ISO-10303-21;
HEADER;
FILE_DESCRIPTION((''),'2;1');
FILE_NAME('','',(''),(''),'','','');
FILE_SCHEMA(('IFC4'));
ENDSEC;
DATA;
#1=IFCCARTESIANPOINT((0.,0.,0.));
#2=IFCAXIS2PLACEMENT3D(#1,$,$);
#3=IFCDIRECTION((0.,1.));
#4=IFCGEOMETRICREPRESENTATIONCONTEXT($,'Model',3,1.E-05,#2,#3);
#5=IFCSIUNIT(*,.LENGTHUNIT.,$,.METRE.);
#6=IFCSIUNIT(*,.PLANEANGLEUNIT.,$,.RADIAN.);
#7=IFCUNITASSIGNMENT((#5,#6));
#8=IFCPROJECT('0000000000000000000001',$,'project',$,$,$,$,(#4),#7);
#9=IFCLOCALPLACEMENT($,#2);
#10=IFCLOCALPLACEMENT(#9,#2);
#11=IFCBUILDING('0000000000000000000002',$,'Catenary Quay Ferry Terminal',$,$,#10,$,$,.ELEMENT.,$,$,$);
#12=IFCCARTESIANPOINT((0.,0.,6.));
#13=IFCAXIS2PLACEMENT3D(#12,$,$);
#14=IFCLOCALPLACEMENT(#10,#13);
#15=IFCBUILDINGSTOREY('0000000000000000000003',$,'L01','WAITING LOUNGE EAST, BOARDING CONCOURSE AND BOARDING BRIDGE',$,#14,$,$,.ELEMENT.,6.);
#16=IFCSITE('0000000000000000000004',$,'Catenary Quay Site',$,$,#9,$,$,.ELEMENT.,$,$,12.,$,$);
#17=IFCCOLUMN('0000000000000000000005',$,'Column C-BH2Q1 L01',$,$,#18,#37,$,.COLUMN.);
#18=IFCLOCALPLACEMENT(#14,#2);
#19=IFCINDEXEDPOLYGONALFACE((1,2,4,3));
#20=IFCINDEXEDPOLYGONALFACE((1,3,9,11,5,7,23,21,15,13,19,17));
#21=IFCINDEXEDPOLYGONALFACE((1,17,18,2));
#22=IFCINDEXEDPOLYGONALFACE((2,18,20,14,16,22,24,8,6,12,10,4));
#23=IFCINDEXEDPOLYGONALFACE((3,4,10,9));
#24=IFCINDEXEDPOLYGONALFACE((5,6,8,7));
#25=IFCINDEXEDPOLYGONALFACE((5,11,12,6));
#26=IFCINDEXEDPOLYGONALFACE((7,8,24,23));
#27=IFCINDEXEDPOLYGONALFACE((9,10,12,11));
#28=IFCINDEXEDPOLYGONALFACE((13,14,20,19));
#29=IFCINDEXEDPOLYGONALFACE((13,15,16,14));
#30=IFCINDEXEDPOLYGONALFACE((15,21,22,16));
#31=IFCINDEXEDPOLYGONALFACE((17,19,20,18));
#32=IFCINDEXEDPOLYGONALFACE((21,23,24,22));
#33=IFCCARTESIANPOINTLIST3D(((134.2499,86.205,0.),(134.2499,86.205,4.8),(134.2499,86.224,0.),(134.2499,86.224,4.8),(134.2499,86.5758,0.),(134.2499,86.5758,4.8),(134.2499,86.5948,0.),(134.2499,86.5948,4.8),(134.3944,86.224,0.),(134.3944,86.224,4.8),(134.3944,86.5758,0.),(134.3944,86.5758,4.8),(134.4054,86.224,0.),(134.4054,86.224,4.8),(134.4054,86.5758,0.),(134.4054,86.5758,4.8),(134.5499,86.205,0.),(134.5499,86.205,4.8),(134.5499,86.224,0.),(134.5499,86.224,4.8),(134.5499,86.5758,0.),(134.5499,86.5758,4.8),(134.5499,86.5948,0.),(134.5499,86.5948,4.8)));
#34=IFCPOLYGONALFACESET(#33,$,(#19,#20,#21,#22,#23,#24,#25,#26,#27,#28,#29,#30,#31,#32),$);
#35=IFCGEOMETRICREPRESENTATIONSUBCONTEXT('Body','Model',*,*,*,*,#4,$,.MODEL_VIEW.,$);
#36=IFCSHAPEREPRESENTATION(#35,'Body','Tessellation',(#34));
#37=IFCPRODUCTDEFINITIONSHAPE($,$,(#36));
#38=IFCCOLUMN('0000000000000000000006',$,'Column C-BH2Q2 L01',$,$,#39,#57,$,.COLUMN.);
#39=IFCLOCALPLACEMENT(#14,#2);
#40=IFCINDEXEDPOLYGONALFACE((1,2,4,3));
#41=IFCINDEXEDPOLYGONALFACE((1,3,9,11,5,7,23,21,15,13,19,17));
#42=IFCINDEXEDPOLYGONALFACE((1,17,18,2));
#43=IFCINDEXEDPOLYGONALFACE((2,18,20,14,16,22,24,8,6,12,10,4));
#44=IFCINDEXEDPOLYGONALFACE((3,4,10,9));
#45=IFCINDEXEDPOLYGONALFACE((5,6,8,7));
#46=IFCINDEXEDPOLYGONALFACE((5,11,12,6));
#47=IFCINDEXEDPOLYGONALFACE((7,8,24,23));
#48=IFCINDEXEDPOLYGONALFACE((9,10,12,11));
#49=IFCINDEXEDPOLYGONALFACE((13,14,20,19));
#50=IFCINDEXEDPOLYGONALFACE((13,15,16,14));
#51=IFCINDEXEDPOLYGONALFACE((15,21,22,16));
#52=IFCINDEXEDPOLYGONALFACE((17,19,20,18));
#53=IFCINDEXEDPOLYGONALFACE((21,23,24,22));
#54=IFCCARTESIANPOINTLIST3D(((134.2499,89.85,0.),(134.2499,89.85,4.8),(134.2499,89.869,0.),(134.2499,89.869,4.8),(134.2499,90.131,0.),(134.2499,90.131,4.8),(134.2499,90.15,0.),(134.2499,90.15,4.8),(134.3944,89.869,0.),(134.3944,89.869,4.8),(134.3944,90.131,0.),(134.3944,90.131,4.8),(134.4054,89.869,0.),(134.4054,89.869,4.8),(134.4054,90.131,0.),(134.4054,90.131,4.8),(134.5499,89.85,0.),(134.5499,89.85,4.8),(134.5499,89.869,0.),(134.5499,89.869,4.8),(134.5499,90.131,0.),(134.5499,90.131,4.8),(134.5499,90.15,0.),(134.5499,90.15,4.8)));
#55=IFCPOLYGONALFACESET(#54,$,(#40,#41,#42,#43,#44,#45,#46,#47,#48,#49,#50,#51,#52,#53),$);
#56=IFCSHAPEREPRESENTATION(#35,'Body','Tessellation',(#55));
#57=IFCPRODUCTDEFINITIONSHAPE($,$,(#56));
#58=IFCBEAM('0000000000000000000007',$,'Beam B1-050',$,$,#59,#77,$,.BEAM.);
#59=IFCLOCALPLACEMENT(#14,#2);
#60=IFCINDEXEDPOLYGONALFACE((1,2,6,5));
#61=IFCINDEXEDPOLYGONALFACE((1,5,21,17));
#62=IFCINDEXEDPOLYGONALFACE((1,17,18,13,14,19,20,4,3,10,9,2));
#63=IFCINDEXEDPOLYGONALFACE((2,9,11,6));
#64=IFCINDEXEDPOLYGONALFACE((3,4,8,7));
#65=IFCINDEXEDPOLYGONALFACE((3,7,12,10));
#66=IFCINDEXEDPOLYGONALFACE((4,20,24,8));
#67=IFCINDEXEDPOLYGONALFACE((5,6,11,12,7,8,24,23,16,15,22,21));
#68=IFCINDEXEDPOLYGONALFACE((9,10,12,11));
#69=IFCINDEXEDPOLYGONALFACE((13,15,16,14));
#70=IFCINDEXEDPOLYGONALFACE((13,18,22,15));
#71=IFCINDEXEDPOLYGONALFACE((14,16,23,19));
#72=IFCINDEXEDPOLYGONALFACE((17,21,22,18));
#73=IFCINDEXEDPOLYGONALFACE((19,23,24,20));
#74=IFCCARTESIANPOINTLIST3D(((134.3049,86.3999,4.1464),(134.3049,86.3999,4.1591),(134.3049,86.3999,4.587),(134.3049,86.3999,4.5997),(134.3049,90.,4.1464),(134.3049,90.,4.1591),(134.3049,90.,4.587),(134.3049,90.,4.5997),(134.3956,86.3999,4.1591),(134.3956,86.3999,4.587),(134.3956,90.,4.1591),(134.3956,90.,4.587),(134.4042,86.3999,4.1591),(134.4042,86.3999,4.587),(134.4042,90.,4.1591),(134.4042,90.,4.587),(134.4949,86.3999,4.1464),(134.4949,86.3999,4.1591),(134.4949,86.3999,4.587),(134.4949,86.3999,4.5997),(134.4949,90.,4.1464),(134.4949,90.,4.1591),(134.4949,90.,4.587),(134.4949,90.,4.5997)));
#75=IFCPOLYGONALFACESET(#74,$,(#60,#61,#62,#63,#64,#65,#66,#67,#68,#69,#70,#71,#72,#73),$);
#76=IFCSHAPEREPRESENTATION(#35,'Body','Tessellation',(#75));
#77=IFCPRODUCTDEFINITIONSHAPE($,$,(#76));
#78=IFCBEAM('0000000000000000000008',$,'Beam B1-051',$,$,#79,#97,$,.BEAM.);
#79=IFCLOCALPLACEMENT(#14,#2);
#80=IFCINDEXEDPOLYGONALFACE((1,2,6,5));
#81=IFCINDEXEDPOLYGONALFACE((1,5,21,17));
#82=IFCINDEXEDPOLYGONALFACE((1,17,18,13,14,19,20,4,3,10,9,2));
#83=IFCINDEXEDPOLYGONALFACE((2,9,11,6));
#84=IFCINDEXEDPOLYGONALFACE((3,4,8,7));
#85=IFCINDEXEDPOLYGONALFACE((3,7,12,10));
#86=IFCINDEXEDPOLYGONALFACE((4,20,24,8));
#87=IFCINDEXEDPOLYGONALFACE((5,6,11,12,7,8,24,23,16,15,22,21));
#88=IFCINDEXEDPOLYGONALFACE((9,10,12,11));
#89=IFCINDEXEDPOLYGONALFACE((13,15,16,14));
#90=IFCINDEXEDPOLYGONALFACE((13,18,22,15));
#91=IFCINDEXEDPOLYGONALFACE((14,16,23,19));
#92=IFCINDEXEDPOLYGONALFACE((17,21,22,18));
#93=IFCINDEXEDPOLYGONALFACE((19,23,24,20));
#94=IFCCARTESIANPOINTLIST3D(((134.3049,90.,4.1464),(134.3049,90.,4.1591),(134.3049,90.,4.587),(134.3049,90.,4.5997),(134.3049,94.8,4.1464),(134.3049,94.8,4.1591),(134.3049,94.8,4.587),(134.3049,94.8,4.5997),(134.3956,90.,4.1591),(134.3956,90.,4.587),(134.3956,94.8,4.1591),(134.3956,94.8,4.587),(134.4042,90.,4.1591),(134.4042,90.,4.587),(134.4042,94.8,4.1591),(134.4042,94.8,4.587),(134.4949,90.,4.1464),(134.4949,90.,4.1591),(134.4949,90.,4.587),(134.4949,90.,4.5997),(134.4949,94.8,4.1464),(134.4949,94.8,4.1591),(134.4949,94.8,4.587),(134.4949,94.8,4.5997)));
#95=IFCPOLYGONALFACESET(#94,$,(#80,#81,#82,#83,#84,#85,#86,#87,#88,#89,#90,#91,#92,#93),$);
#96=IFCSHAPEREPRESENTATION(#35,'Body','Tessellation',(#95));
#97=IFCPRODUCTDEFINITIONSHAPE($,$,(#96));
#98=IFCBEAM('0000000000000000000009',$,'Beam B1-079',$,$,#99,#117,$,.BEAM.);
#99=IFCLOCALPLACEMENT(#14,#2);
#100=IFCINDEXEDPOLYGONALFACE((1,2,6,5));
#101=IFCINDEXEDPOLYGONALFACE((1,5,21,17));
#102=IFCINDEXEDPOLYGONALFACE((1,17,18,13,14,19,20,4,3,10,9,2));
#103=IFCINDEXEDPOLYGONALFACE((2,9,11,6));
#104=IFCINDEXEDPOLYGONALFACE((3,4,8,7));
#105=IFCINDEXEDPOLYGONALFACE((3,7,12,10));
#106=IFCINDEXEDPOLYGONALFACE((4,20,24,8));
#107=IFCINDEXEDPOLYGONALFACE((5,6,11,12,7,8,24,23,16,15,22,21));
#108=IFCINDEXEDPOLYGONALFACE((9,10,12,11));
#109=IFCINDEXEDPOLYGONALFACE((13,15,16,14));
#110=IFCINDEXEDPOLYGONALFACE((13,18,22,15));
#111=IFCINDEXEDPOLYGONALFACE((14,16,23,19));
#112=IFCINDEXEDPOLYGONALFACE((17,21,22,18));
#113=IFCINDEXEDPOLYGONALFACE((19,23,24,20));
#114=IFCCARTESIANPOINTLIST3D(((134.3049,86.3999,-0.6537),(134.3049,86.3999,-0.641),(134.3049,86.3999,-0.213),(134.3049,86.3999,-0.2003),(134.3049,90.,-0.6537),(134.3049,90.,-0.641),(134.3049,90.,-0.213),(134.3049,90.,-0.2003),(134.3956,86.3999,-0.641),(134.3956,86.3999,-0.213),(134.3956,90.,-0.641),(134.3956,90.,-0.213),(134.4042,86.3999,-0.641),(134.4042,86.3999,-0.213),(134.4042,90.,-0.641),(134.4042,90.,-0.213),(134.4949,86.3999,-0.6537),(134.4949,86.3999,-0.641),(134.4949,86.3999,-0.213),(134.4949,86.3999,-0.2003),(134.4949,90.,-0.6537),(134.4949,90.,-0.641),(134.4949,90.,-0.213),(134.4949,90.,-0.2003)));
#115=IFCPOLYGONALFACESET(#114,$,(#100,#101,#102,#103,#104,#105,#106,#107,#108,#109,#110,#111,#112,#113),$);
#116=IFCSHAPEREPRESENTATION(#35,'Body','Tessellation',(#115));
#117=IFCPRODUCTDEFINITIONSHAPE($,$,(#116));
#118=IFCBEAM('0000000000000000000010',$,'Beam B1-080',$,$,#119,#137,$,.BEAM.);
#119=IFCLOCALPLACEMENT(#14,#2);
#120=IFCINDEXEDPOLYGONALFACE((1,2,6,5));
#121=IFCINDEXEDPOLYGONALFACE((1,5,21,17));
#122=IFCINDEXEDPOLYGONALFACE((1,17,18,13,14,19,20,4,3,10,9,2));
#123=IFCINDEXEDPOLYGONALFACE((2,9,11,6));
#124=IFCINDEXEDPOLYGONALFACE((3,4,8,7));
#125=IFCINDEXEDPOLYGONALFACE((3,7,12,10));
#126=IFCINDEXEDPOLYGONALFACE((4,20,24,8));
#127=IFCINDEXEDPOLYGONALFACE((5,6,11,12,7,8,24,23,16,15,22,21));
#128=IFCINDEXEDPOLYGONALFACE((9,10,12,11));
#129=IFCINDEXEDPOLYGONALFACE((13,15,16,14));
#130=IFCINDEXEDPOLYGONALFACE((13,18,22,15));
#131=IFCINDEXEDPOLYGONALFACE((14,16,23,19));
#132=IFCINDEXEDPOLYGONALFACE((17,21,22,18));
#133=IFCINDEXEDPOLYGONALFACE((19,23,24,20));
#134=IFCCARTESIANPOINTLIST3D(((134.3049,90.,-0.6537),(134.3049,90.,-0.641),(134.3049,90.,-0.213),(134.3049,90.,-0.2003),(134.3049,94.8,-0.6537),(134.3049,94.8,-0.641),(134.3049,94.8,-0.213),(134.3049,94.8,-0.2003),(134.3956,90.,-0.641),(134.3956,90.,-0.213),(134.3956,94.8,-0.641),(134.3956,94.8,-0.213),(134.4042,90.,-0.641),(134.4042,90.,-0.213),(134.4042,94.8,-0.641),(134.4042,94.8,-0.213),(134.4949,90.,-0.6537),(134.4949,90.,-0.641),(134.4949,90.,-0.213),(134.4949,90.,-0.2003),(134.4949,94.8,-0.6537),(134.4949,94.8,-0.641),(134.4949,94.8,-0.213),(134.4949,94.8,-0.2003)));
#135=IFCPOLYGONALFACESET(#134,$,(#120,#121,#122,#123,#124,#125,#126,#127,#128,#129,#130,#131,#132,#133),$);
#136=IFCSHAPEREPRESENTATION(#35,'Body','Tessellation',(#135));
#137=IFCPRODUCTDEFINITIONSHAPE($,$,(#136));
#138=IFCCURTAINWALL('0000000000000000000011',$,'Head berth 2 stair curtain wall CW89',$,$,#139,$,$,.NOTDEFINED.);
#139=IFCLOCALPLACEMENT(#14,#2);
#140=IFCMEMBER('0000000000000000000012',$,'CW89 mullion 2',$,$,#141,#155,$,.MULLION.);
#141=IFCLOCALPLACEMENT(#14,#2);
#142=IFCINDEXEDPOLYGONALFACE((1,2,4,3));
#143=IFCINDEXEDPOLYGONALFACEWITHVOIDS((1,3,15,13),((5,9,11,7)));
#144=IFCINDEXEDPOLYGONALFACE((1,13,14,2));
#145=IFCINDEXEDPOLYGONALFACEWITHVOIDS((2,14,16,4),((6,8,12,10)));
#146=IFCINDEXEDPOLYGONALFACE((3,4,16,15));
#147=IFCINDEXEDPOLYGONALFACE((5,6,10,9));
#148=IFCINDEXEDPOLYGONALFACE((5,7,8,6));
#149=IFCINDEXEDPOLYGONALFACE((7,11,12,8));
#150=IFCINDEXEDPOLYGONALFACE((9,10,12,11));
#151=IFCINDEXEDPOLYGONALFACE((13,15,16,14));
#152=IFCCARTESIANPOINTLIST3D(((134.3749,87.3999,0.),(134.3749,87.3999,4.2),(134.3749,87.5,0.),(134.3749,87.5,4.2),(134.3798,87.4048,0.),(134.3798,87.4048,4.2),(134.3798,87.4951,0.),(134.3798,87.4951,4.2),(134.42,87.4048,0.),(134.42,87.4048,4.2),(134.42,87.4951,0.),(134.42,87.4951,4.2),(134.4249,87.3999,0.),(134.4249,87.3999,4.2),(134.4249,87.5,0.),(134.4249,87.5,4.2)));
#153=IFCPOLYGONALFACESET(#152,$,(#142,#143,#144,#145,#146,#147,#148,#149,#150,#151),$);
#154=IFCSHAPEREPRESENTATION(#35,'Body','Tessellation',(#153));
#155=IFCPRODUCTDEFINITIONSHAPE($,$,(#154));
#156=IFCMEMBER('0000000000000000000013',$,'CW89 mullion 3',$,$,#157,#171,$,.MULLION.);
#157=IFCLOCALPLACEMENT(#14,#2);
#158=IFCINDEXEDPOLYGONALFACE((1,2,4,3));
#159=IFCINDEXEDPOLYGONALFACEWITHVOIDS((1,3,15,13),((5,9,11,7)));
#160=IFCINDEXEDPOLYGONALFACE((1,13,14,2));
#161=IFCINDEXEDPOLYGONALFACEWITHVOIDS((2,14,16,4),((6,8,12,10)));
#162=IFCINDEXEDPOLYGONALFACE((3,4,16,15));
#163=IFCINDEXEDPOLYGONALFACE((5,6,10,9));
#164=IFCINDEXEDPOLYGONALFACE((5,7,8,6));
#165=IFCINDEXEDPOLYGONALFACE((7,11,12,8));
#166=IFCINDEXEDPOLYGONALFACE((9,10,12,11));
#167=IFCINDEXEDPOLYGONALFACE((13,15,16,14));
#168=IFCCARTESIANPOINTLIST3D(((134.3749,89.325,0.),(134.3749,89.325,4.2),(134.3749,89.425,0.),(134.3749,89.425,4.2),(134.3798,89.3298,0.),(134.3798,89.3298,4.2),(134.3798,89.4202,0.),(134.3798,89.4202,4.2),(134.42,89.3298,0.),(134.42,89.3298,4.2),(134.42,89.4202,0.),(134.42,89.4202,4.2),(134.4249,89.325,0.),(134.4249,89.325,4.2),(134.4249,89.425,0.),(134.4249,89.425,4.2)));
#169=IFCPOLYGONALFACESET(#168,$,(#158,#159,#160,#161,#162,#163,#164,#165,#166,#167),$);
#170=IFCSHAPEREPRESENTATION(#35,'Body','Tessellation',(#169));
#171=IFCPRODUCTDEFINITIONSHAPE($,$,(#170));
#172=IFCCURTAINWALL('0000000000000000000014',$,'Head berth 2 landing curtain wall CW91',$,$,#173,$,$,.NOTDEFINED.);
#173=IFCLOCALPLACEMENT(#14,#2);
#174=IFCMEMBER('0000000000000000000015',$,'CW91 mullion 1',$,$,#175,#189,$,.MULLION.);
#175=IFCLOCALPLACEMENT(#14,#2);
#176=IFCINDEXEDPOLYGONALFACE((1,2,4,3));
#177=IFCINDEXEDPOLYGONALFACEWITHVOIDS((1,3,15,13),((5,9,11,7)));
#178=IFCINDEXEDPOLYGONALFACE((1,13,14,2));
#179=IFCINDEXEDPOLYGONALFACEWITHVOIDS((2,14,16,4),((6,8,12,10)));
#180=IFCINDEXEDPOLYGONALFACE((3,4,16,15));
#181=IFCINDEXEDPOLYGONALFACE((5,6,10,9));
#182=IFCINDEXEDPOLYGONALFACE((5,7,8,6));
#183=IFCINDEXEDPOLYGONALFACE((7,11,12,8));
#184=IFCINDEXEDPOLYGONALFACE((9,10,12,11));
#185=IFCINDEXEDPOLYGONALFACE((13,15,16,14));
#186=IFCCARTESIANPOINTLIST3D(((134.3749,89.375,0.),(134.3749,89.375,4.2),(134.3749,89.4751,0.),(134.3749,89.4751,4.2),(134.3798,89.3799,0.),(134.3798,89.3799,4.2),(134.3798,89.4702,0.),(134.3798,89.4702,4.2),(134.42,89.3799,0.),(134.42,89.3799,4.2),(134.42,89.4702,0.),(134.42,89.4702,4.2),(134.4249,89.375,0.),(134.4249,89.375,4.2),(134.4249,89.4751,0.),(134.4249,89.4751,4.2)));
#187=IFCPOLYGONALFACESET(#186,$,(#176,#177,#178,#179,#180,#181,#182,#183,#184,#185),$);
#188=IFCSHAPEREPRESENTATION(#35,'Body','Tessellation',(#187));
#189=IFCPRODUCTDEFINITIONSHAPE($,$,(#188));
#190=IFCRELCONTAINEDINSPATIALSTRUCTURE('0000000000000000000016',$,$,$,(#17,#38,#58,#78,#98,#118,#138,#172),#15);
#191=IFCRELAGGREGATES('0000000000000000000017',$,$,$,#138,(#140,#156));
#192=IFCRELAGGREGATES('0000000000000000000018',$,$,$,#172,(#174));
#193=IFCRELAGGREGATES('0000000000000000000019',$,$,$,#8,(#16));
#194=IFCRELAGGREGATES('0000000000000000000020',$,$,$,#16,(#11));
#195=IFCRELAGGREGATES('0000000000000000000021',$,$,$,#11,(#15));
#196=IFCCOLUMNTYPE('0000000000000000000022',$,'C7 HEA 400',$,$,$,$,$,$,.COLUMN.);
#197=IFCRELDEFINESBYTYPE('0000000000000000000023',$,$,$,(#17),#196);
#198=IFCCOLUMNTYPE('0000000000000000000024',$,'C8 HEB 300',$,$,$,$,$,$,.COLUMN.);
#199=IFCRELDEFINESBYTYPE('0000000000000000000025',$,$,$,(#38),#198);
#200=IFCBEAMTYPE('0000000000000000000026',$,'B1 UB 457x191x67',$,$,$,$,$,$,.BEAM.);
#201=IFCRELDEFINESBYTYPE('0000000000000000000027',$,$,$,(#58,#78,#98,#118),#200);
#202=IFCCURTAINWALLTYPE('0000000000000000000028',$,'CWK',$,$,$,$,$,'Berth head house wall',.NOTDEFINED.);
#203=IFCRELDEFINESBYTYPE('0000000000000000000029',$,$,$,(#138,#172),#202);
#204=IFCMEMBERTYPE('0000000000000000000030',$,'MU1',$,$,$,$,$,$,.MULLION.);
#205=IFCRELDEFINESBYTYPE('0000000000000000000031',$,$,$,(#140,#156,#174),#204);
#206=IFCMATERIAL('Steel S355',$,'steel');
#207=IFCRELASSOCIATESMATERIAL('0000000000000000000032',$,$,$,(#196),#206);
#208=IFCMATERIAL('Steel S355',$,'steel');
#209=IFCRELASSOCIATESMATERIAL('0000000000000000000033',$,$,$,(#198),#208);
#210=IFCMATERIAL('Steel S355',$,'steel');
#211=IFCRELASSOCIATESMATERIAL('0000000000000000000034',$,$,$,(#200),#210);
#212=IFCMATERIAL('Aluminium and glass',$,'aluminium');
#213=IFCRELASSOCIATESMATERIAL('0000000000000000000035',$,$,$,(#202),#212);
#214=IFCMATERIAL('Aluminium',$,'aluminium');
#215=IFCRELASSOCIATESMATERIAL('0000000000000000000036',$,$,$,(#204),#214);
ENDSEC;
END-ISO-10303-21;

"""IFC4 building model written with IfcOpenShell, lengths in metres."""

from ifc_helpers import new_model, si_unit, direction, frame, origin, origin_2d, place, context, subcontext, project, spatial, hollow_rectangle, i_section, extrude, material, material_profile, profile_set, type_object, element, aggregate, save


model = new_model("IFC4")

# Units and contexts
model_context = context("Model", 3, precision=1e-05, world=origin(), true_north=direction((0.0, 1.0)))
body_context = subcontext(model_context, "Body", "Model", "MODEL_VIEW")
ifc_project = project(units=[si_unit("LENGTHUNIT", "METRE"), si_unit("PLANEANGLEUNIT", "RADIAN")], contexts=[model_context])

# Site, building, storey
site_placement = place(None, origin())
site = spatial("IfcSite", under=ifc_project, at=site_placement, Name="Catenary Quay Site", CompositionType="ELEMENT", RefElevation=12.0)
building_placement = place(site_placement, origin())
building = spatial("IfcBuilding", under=site, at=building_placement, Name="Catenary Quay Ferry Terminal", CompositionType="ELEMENT")
storey_placement = place(building_placement, frame((0.0, 0.0, 6.0)))
storey = spatial("IfcBuildingStorey", under=building, at=storey_placement, Name="L01", Description="WAITING LOUNGE EAST, BOARDING CONCOURSE AND BOARDING BRIDGE", CompositionType="ELEMENT", Elevation=6.0)

# Columns
ifc_material_1 = material(Name="Steel S355", Category="steel")
ifc_material_profile_1 = material_profile(ifc_material_1, i_section(OverallWidth=0.3, OverallDepth=0.3899, WebThickness=0.011, FlangeThickness=0.019, at=origin_2d()), Name="HEA 400")
ifc_profile_set_1 = profile_set([ifc_material_profile_1], Name="Steel S355")
column_type_1 = type_object("IfcColumnType", Name="C7 HEA 400", PredefinedType="COLUMN", material=ifc_profile_set_1)
column_1_placement = place(storey_placement, frame((134.3999, 86.3999, 0.0), z_axis=(0.0, 0.0, 1.0), x_axis=(1.0, 0.0, 0.0)))
element("IfcColumn", 1, at=column_1_placement, inside=storey, type_object=column_type_1, Name="Column C-BH2Q1 L01", PredefinedType="COLUMN", context=body_context, shape_type="SweptSolid", body=[
    extrude(i_section(OverallWidth=0.3, OverallDepth=0.3899, WebThickness=0.011, FlangeThickness=0.019, at=origin_2d()), origin(), (0.0, 0.0, 1.0), 4.8),
])
ifc_material_2 = material(Name="Steel S355", Category="steel")
ifc_material_profile_2 = material_profile(ifc_material_2, i_section(OverallWidth=0.3, OverallDepth=0.3, WebThickness=0.011, FlangeThickness=0.019, at=origin_2d()), Name="HEB 300")
ifc_profile_set_2 = profile_set([ifc_material_profile_2], Name="Steel S355")
column_type_2 = type_object("IfcColumnType", Name="C8 HEB 300", PredefinedType="COLUMN", material=ifc_profile_set_2)
column_2_placement = place(storey_placement, frame((134.3999, 90.0, 0.0), z_axis=(0.0, 0.0, 1.0), x_axis=(1.0, 0.0, 0.0)))
element("IfcColumn", 2, at=column_2_placement, inside=storey, type_object=column_type_2, Name="Column C-BH2Q2 L01", PredefinedType="COLUMN", context=body_context, shape_type="SweptSolid", body=[
    extrude(i_section(OverallWidth=0.3, OverallDepth=0.3, WebThickness=0.011, FlangeThickness=0.019, at=origin_2d()), origin(), (0.0, 0.0, 1.0), 4.8),
])

# Beams
ifc_material_3 = material(Name="Steel S355", Category="steel")
ifc_material_profile_3 = material_profile(ifc_material_3, i_section(OverallWidth=0.1899, OverallDepth=0.4534, WebThickness=0.0085, FlangeThickness=0.0127, at=origin_2d()), Name="UB 457x191x67")
ifc_profile_set_3 = profile_set([ifc_material_profile_3], Name="Steel S355")
beam_type = type_object("IfcBeamType", Name="B1 UB 457x191x67", PredefinedType="BEAM", material=ifc_profile_set_3)
beam_1_placement = place(storey_placement, frame((134.3999, 86.3999, 4.373), z_axis=(0.0, 1.0, 0.0), x_axis=(-1.0, 0.0, 0.0)))
element("IfcBeam", 3, at=beam_1_placement, inside=storey, type_object=beam_type, Name="Beam B1-050", PredefinedType="BEAM", context=body_context, shape_type="SweptSolid", body=[
    extrude(i_section(OverallWidth=0.1899, OverallDepth=0.4534, WebThickness=0.0085, FlangeThickness=0.0127, at=origin_2d()), origin(), (0.0, 0.0, 1.0), 3.6001),
])
beam_2_placement = place(storey_placement, frame((134.3999, 90.0, 4.373), z_axis=(0.0, 1.0, 0.0), x_axis=(-1.0, 0.0, 0.0)))
element("IfcBeam", 4, at=beam_2_placement, inside=storey, type_object=beam_type, Name="Beam B1-051", PredefinedType="BEAM", context=body_context, shape_type="SweptSolid", body=[
    extrude(i_section(OverallWidth=0.1899, OverallDepth=0.4534, WebThickness=0.0085, FlangeThickness=0.0127, at=origin_2d()), origin(), (0.0, 0.0, 1.0), 4.8),
])
beam_3_placement = place(storey_placement, frame((134.3999, 86.3999, -0.427), z_axis=(0.0, 1.0, 0.0), x_axis=(-1.0, 0.0, 0.0)))
element("IfcBeam", 5, at=beam_3_placement, inside=storey, type_object=beam_type, Name="Beam B1-079", PredefinedType="BEAM", context=body_context, shape_type="SweptSolid", body=[
    extrude(i_section(OverallWidth=0.1899, OverallDepth=0.4534, WebThickness=0.0085, FlangeThickness=0.0127, at=origin_2d()), origin(), (0.0, 0.0, 1.0), 3.6001),
])
beam_4_placement = place(storey_placement, frame((134.3999, 90.0, -0.427), z_axis=(0.0, 1.0, 0.0), x_axis=(-1.0, 0.0, 0.0)))
element("IfcBeam", 6, at=beam_4_placement, inside=storey, type_object=beam_type, Name="Beam B1-080", PredefinedType="BEAM", context=body_context, shape_type="SweptSolid", body=[
    extrude(i_section(OverallWidth=0.1899, OverallDepth=0.4534, WebThickness=0.0085, FlangeThickness=0.0127, at=origin_2d()), origin(), (0.0, 0.0, 1.0), 4.8),
])

# Curtain walls, members
ifc_material_4 = material(Name="Aluminium and glass", Category="aluminium")
curtain_wall_type = type_object("IfcCurtainWallType", Name="CWK", ElementType="Berth head house wall", PredefinedType="NOTDEFINED", material=ifc_material_4)
curtain_wall_1_placement = place(storey_placement, origin())
curtain_wall_1 = element("IfcCurtainWall", 7, at=curtain_wall_1_placement, inside=storey, type_object=curtain_wall_type, Name="Head berth 2 stair curtain wall CW89", PredefinedType="NOTDEFINED")
ifc_material_5 = material(Name="Aluminium", Category="aluminium")
ifc_material_profile_4 = material_profile(ifc_material_5, hollow_rectangle(XDim=0.05, YDim=0.1001, WallThickness=0.0049, at=origin_2d()), Name="MU1")
ifc_profile_set_4 = profile_set([ifc_material_profile_4], Name="Aluminium")
member_type_1 = type_object("IfcMemberType", Name="MU1", PredefinedType="MULLION", material=ifc_profile_set_4)
member_1_placement = place(storey_placement, frame((134.3999, 87.45, 0.0), z_axis=(0.0, 0.0, 1.0), x_axis=(-1.0, 0.0, 0.0)))
member_1 = element("IfcMember", 8, at=member_1_placement, type_object=member_type_1, Name="CW89 mullion 2", PredefinedType="MULLION", context=body_context, shape_type="SweptSolid", body=[
    extrude(hollow_rectangle(XDim=0.05, YDim=0.1001, WallThickness=0.0049, at=origin_2d()), origin(), (0.0, 0.0, 1.0), 4.2),
])
member_2_placement = place(storey_placement, frame((134.3999, 89.375, 0.0), z_axis=(0.0, 0.0, 1.0), x_axis=(-1.0, 0.0, 0.0)))
member_2 = element("IfcMember", 9, at=member_2_placement, type_object=member_type_1, Name="CW89 mullion 3", PredefinedType="MULLION", context=body_context, shape_type="SweptSolid", body=[
    extrude(hollow_rectangle(XDim=0.05, YDim=0.1001, WallThickness=0.0049, at=origin_2d()), origin(), (0.0, 0.0, 1.0), 4.2),
])
curtain_wall_2_placement = place(storey_placement, origin())
curtain_wall_2 = element("IfcCurtainWall", 10, at=curtain_wall_2_placement, inside=storey, type_object=curtain_wall_type, Name="Head berth 2 landing curtain wall CW91", PredefinedType="NOTDEFINED")
member_3_placement = place(storey_placement, frame((134.3999, 89.425, 0.0), z_axis=(0.0, 0.0, 1.0), x_axis=(-1.0, 0.0, 0.0)))
member_3 = element("IfcMember", 11, at=member_3_placement, type_object=member_type_1, Name="CW91 mullion 1", PredefinedType="MULLION", context=body_context, shape_type="SweptSolid", body=[
    extrude(hollow_rectangle(XDim=0.05, YDim=0.1001, WallThickness=0.0049, at=origin_2d()), origin(), (0.0, 0.0, 1.0), 4.2),
])

aggregate(curtain_wall_1, [member_1, member_2])
aggregate(curtain_wall_2, [member_3])

save(model, "model.ifc")
